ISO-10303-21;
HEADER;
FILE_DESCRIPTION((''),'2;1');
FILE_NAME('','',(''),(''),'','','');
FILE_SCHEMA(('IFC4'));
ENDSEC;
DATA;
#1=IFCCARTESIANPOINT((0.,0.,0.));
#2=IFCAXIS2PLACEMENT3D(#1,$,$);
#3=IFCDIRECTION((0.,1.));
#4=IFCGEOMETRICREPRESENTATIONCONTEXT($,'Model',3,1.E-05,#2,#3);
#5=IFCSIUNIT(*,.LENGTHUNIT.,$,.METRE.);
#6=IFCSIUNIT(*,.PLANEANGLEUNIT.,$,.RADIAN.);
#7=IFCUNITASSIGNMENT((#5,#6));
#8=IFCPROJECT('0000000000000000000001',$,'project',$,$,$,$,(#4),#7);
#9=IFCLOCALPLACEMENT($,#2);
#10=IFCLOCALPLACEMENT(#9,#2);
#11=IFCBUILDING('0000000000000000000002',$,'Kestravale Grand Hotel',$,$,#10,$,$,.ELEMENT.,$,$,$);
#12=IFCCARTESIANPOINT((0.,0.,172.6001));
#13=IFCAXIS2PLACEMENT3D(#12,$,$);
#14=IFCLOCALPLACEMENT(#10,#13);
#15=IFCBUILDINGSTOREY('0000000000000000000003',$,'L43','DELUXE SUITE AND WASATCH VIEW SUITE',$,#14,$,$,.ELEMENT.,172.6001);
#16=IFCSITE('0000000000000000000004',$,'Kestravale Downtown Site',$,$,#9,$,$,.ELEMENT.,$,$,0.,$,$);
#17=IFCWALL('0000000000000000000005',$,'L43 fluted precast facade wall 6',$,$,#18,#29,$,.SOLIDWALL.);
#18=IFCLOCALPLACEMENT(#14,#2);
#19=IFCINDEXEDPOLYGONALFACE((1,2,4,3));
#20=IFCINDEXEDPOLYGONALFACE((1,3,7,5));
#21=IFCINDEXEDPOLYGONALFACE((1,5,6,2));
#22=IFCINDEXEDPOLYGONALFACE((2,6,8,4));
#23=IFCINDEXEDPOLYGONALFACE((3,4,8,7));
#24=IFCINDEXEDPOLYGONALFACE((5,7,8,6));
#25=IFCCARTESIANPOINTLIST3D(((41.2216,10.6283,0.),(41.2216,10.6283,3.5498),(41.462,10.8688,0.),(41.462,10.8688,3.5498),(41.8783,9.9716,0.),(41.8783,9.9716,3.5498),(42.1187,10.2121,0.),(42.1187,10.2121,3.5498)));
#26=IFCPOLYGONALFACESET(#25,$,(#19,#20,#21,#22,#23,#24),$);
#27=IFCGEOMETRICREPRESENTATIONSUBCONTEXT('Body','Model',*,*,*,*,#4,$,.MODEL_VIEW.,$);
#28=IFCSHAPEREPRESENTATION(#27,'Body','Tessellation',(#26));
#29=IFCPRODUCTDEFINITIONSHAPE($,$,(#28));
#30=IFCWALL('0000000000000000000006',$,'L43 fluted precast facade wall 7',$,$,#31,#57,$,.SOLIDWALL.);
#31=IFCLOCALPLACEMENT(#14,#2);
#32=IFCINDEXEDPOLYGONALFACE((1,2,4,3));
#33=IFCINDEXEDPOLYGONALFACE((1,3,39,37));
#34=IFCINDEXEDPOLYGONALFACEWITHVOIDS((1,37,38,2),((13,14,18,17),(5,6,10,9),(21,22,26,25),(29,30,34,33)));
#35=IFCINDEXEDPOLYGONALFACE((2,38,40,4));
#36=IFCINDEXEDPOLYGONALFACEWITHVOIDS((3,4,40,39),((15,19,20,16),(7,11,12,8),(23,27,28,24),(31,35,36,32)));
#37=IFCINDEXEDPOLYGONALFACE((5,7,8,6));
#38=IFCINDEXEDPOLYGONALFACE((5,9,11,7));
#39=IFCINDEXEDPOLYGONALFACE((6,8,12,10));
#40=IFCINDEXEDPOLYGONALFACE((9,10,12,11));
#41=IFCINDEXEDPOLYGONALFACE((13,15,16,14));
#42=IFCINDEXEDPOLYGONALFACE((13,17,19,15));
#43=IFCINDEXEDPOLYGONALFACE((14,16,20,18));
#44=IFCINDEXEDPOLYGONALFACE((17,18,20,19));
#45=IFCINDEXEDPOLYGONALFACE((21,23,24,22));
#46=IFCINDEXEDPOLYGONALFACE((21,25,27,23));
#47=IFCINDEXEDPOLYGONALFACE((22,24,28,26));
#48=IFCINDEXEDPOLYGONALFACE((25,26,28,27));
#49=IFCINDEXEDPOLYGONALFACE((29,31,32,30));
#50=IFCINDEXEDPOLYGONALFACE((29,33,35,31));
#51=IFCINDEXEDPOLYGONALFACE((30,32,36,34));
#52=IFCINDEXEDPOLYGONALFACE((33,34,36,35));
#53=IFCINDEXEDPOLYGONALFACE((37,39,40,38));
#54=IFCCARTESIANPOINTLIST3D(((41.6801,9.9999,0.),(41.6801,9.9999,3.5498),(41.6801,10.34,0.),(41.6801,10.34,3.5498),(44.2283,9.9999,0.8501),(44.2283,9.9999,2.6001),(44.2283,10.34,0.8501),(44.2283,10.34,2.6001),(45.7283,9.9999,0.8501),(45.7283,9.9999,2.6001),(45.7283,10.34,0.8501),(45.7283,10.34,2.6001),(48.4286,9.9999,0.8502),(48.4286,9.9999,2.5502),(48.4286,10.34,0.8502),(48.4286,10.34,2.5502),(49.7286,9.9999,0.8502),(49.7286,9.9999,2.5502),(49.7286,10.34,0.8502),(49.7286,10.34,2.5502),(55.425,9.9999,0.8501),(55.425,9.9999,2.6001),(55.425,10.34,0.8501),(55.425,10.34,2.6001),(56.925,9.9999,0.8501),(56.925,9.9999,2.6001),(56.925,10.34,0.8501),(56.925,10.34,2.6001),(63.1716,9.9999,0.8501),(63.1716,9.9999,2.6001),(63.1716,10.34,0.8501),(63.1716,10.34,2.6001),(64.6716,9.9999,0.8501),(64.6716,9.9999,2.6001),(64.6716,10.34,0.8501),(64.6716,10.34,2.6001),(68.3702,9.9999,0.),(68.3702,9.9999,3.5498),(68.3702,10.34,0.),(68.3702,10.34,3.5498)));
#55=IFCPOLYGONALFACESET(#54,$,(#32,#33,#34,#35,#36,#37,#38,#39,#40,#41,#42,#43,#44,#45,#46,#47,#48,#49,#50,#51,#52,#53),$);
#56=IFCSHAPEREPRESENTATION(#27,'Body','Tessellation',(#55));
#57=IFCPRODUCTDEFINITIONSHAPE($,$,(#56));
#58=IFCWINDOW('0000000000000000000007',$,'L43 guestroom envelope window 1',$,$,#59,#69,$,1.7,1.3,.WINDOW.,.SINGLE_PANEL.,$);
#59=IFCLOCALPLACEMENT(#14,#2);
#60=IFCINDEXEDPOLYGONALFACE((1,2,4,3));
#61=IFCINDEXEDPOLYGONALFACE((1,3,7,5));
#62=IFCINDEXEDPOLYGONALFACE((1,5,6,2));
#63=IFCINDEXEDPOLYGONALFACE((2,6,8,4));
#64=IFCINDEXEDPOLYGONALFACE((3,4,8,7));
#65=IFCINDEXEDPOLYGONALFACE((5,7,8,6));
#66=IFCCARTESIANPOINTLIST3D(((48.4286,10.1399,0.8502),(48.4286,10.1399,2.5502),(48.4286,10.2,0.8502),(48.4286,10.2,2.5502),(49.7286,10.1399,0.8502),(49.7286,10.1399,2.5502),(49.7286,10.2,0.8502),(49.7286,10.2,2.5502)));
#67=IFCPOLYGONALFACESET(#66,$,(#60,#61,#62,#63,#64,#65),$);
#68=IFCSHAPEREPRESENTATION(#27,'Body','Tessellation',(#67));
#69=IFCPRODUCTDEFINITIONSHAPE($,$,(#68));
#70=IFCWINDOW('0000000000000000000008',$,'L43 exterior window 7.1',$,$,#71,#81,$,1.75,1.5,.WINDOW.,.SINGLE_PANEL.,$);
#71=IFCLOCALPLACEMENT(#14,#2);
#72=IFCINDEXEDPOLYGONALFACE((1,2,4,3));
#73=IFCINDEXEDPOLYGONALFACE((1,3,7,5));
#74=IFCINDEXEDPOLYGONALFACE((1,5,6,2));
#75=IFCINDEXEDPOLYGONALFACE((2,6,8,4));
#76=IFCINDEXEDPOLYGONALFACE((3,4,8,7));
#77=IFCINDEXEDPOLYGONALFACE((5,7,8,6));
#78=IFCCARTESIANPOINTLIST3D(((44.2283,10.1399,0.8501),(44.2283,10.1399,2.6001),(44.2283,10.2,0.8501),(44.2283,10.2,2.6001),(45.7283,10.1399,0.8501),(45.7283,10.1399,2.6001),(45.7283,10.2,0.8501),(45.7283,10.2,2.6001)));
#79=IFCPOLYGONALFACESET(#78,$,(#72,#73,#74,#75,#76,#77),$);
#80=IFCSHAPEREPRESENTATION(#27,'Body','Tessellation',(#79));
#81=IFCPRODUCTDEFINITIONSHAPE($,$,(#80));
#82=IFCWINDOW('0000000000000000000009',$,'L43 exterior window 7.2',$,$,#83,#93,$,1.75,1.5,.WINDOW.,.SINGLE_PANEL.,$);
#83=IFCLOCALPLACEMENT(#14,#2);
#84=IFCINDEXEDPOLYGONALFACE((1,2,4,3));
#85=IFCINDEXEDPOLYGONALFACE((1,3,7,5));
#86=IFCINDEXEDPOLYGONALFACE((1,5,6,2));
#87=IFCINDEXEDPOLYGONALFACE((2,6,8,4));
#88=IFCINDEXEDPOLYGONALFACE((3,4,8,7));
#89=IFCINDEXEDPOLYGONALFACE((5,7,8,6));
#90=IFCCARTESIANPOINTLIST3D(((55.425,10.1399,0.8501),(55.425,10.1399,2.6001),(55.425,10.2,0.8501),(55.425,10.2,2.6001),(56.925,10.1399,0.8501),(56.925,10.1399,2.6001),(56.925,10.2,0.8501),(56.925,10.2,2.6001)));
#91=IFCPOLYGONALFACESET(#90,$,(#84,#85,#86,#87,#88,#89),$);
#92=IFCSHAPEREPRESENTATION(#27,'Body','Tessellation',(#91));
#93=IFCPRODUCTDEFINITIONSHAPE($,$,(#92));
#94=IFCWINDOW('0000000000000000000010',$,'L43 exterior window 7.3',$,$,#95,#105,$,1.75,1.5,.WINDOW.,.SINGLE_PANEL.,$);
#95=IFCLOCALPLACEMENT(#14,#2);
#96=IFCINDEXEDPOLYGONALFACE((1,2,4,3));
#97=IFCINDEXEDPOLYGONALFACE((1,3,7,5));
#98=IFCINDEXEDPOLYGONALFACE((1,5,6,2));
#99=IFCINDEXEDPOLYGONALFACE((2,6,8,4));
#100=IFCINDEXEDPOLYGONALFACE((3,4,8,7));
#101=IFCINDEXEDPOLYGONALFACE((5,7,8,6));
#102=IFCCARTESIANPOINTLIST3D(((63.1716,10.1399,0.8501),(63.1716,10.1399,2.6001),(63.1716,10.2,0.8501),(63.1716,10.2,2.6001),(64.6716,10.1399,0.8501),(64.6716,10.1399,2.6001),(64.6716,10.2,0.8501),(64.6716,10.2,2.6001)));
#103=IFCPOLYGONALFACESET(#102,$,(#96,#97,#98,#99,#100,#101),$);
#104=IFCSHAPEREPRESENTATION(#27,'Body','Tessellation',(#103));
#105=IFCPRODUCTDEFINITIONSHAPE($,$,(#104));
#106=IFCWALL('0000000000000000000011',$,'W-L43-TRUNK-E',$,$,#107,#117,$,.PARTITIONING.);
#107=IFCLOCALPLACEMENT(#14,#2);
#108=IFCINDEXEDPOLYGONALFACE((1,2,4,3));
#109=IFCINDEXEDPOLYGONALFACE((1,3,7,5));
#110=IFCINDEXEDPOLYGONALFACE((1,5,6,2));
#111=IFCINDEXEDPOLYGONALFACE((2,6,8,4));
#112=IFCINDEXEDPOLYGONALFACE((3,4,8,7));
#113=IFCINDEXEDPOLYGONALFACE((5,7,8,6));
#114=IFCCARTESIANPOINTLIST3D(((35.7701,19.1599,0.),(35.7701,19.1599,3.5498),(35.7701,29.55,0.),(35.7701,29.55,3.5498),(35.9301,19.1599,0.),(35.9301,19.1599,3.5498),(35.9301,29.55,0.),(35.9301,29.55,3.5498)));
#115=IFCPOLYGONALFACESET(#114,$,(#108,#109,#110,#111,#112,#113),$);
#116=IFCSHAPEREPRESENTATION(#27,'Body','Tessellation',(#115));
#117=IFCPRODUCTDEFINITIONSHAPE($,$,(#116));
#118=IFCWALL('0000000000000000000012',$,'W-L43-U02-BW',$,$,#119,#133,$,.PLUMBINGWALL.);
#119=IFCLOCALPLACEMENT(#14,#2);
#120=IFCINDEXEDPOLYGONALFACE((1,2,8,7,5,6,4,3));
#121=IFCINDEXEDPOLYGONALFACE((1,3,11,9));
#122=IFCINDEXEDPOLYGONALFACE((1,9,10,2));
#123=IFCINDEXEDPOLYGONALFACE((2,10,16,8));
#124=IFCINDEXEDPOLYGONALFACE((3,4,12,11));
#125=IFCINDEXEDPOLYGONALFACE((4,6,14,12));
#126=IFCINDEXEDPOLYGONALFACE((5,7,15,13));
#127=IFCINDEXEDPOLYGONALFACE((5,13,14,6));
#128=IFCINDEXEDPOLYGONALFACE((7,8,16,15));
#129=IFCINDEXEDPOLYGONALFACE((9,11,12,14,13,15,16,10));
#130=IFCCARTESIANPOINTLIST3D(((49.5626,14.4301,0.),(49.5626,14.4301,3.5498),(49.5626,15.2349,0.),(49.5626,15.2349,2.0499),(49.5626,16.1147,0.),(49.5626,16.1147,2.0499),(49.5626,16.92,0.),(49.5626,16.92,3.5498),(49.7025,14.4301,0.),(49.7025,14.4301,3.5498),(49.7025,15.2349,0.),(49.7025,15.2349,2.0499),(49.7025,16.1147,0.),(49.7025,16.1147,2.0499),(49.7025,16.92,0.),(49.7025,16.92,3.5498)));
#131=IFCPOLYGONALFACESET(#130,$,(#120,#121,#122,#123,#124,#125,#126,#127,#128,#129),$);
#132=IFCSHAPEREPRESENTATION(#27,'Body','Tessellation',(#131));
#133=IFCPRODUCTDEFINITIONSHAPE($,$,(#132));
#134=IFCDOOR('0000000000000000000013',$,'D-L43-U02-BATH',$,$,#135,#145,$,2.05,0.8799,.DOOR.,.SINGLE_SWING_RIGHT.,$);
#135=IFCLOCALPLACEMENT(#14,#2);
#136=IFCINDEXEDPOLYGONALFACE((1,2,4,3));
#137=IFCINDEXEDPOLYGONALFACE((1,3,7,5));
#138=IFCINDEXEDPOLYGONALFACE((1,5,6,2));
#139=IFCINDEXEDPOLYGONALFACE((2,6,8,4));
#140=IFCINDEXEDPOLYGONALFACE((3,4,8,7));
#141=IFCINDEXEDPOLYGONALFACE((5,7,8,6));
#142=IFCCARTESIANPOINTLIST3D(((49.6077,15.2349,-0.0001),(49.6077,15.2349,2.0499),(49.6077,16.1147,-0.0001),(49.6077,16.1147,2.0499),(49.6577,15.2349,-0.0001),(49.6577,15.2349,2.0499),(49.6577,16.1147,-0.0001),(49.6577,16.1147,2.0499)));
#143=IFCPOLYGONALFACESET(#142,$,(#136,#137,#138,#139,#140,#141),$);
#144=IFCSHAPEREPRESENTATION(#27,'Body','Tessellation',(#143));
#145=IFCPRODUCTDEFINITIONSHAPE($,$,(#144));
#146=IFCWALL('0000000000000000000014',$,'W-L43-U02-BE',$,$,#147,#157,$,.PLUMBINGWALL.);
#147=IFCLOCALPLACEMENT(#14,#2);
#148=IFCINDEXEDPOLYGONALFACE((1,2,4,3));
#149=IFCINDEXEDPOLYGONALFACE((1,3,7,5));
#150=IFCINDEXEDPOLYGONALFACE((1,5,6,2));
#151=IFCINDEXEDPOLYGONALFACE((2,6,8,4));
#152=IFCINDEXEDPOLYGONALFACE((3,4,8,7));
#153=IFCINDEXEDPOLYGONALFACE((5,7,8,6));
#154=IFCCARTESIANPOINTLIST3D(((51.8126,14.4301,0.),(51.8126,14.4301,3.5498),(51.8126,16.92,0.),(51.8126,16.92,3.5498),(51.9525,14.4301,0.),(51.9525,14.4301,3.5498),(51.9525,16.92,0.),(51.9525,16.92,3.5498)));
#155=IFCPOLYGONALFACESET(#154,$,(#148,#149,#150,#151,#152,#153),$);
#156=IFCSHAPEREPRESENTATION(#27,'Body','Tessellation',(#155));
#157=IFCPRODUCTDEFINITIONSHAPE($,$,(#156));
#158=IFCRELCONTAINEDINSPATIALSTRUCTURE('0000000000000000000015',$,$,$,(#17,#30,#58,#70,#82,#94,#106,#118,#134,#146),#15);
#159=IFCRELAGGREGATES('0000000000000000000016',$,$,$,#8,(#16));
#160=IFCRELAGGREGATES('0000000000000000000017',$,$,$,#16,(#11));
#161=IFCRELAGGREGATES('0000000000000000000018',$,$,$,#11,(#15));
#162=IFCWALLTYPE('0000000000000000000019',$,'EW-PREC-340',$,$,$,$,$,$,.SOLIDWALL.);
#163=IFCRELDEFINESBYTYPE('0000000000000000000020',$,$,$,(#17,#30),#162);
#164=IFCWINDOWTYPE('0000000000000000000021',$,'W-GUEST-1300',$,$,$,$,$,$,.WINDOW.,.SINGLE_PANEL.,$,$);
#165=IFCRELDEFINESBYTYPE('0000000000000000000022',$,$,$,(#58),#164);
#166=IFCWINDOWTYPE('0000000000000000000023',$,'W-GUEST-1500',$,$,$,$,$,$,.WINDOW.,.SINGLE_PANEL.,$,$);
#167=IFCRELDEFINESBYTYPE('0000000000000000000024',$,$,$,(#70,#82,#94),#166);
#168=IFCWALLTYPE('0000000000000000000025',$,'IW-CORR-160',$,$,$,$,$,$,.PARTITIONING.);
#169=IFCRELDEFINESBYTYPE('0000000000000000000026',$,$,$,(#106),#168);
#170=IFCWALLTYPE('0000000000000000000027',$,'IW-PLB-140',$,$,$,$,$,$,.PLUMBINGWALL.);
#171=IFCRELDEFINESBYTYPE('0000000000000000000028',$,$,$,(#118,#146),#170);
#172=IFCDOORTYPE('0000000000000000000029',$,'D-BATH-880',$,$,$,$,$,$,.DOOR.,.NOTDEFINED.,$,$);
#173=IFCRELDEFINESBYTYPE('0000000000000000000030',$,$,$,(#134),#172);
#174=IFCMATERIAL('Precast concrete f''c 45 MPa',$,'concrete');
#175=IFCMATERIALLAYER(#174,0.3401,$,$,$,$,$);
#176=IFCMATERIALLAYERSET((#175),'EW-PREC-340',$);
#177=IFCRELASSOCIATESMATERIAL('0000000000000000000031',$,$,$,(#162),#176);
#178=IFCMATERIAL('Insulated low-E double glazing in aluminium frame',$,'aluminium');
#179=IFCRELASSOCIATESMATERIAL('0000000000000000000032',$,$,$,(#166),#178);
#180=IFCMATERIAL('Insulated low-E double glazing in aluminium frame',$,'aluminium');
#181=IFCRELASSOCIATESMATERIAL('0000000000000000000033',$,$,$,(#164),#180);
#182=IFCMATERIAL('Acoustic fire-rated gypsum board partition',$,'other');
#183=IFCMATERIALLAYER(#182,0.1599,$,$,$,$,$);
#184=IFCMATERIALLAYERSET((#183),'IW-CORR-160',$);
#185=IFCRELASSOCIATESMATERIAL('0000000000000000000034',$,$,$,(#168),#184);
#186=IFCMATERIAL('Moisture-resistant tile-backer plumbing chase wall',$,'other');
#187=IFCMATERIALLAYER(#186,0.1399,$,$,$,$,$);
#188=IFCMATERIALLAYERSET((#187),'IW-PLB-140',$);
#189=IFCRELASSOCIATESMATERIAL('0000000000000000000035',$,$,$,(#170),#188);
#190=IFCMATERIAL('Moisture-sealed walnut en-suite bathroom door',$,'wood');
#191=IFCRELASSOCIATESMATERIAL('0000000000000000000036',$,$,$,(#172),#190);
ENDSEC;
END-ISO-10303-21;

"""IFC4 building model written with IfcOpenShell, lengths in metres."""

from ifc_helpers import new_model, si_unit, direction, frame, frame_2d, origin, place, context, subcontext, project, spatial, rectangle, extrude, material, layer, layer_set, type_object, element, fill, save


model = new_model("IFC4")

# Units and contexts
model_context = context("Model", 3, precision=1e-05, world=origin(), true_north=direction((0.0, 1.0)))
body_context = subcontext(model_context, "Body", "Model", "MODEL_VIEW")
ifc_project = project(units=[si_unit("LENGTHUNIT", "METRE"), si_unit("PLANEANGLEUNIT", "RADIAN")], contexts=[model_context])

# Site, building, storey
site_placement = place(None, origin())
site = spatial("IfcSite", under=ifc_project, at=site_placement, Name="Kestravale Downtown Site", CompositionType="ELEMENT", RefElevation=0.0)
building_placement = place(site_placement, origin())
building = spatial("IfcBuilding", under=site, at=building_placement, Name="Kestravale Grand Hotel", CompositionType="ELEMENT")
storey_placement = place(building_placement, frame((0.0, 0.0, 172.6001)))
storey = spatial("IfcBuildingStorey", under=building, at=storey_placement, Name="L43", Description="DELUXE SUITE AND WASATCH VIEW SUITE", CompositionType="ELEMENT", Elevation=172.6001)

# Shared definitions
ifc_material_1 = material(Name="Precast concrete f'c 45 MPa", Category="concrete")
ifc_layer_1 = layer(ifc_material_1, 0.3401)
ifc_layer_set_1 = layer_set([ifc_layer_1], Name="EW-PREC-340")
wall_type_1 = type_object("IfcWallType", Name="EW-PREC-340", PredefinedType="SOLIDWALL", material=ifc_layer_set_1)

# Shared definitions
ifc_material_2 = material(Name="Insulated low-E double glazing in aluminium frame", Category="aluminium")
window_type_1 = type_object("IfcWindowType", Name="W-GUEST-1500", PartitioningType="SINGLE_PANEL", PredefinedType="WINDOW", material=ifc_material_2)

# Wall
wall_1_placement = place(storey_placement, frame((41.3418, 10.7485, 0.0), z_axis=(0.0, 0.0, 1.0), x_axis=(0.707107, -0.707107, 0.0)))
element("IfcWall", 1, at=wall_1_placement, inside=storey, type_object=wall_type_1, Name="L43 fluted precast facade wall 6", PredefinedType="SOLIDWALL", context=body_context, shape_type="SweptSolid", body=[
    extrude(rectangle(XDim=0.9287, YDim=0.3401, at=frame_2d((0.4644, 0.0))), origin(), (0.0, 0.0, 1.0), 3.5498),
])

# Wall, openings, windows
wall_2_placement = place(storey_placement, frame((41.6799, 10.1699, 0.0), z_axis=(0.0, 0.0, 1.0), x_axis=(1.0, 0.0, 0.0)))
wall_2 = element("IfcWall", 2, at=wall_2_placement, inside=storey, type_object=wall_type_1, Name="L43 fluted precast facade wall 7", PredefinedType="SOLIDWALL", context=body_context, shape_type="SweptSolid", body=[
    extrude(rectangle(XDim=26.6902, YDim=0.3401, at=frame_2d((13.3452, 0.0))), origin(), (0.0, 0.0, 1.0), 3.5498),
])
opening_1_placement = place(wall_2_placement, frame((2.5483, 0.0, 0.8501)))
opening_1 = element("IfcOpeningElement", 3, at=opening_1_placement, cuts=wall_2, PredefinedType="OPENING", context=body_context, shape_type="SweptSolid", body=[
    extrude(rectangle(XDim=1.5, YDim=1.75, at=frame_2d((0.75, 0.875))), frame((0.0, 0.1799, 0.0), z_axis=(0.0, -1.0, 0.0), x_axis=(1.0, 0.0, 0.0)), (0.0, 0.0, 1.0), 0.3601),
])
opening_2_placement = place(wall_2_placement, frame((13.7451, 0.0, 0.8501)))
opening_2 = element("IfcOpeningElement", 4, at=opening_2_placement, cuts=wall_2, PredefinedType="OPENING", context=body_context, shape_type="SweptSolid", body=[
    extrude(rectangle(XDim=1.5, YDim=1.75, at=frame_2d((0.75, 0.875))), frame((0.0, 0.1799, 0.0), z_axis=(0.0, -1.0, 0.0), x_axis=(1.0, 0.0, 0.0)), (0.0, 0.0, 1.0), 0.3601),
])
opening_3_placement = place(wall_2_placement, frame((21.4917, 0.0, 0.8501)))
opening_3 = element("IfcOpeningElement", 5, at=opening_3_placement, cuts=wall_2, PredefinedType="OPENING", context=body_context, shape_type="SweptSolid", body=[
    extrude(rectangle(XDim=1.5, YDim=1.75, at=frame_2d((0.75, 0.875))), frame((0.0, 0.1799, 0.0), z_axis=(0.0, -1.0, 0.0), x_axis=(1.0, 0.0, 0.0)), (0.0, 0.0, 1.0), 0.3601),
])
opening_4_placement = place(wall_2_placement, frame((6.7488, 0.0, 0.8501)))
opening_4 = element("IfcOpeningElement", 6, at=opening_4_placement, cuts=wall_2, PredefinedType="OPENING", context=body_context, shape_type="SweptSolid", body=[
    extrude(rectangle(XDim=1.3, YDim=1.7, at=frame_2d((0.6499, 0.8501))), frame((0.0, 0.1799, 0.0), z_axis=(0.0, -1.0, 0.0), x_axis=(1.0, 0.0, 0.0)), (0.0, 0.0, 1.0), 0.3601),
])
ifc_material_3 = material(Name="Insulated low-E double glazing in aluminium frame", Category="aluminium")
window_type_2 = type_object("IfcWindowType", Name="W-GUEST-1300", PartitioningType="SINGLE_PANEL", PredefinedType="WINDOW", material=ifc_material_3)
window_1_placement = place(opening_4_placement, origin())
window_1 = element("IfcWindow", 7, at=window_1_placement, inside=storey, type_object=window_type_2, Name="L43 guestroom envelope window 1", OverallHeight=1.7, OverallWidth=1.3, PartitioningType="SINGLE_PANEL", PredefinedType="WINDOW", context=body_context, shape_type="SweptSolid", body=[
    extrude(rectangle(XDim=1.3, YDim=1.7, at=frame_2d((0.6499, 0.8501))), frame((0.0, 0.03, 0.0), z_axis=(0.0, -1.0, 0.0), x_axis=(1.0, 0.0, 0.0)), (0.0, 0.0, 1.0), 0.0601),
])
fill(opening_4, window_1)
window_2_placement = place(opening_1_placement, origin())
window_2 = element("IfcWindow", 8, at=window_2_placement, inside=storey, type_object=window_type_1, Name="L43 exterior window 7.1", OverallHeight=1.75, OverallWidth=1.5, PartitioningType="SINGLE_PANEL", PredefinedType="WINDOW", context=body_context, shape_type="SweptSolid", body=[
    extrude(rectangle(XDim=1.5, YDim=1.75, at=frame_2d((0.75, 0.875))), frame((0.0, 0.03, 0.0), z_axis=(0.0, -1.0, 0.0), x_axis=(1.0, 0.0, 0.0)), (0.0, 0.0, 1.0), 0.0601),
])
fill(opening_1, window_2)
window_3_placement = place(opening_2_placement, origin())
window_3 = element("IfcWindow", 9, at=window_3_placement, inside=storey, type_object=window_type_1, Name="L43 exterior window 7.2", OverallHeight=1.75, OverallWidth=1.5, PartitioningType="SINGLE_PANEL", PredefinedType="WINDOW", context=body_context, shape_type="SweptSolid", body=[
    extrude(rectangle(XDim=1.5, YDim=1.75, at=frame_2d((0.75, 0.875))), frame((0.0, 0.03, 0.0), z_axis=(0.0, -1.0, 0.0), x_axis=(1.0, 0.0, 0.0)), (0.0, 0.0, 1.0), 0.0601),
])
fill(opening_2, window_3)
window_4_placement = place(opening_3_placement, origin())
window_4 = element("IfcWindow", 10, at=window_4_placement, inside=storey, type_object=window_type_1, Name="L43 exterior window 7.3", OverallHeight=1.75, OverallWidth=1.5, PartitioningType="SINGLE_PANEL", PredefinedType="WINDOW", context=body_context, shape_type="SweptSolid", body=[
    extrude(rectangle(XDim=1.5, YDim=1.75, at=frame_2d((0.75, 0.875))), frame((0.0, 0.03, 0.0), z_axis=(0.0, -1.0, 0.0), x_axis=(1.0, 0.0, 0.0)), (0.0, 0.0, 1.0), 0.0601),
])
fill(opening_3, window_4)

# Wall
ifc_material_4 = material(Name="Acoustic fire-rated gypsum board partition", Category="other")
ifc_layer_2 = layer(ifc_material_4, 0.1599)
ifc_layer_set_2 = layer_set([ifc_layer_2], Name="IW-CORR-160")
wall_type_2 = type_object("IfcWallType", Name="IW-CORR-160", PredefinedType="PARTITIONING", material=ifc_layer_set_2)
wall_3_placement = place(storey_placement, frame((35.8501, 19.1599, 0.0), z_axis=(0.0, 0.0, 1.0), x_axis=(0.0, 1.0, 0.0)))
element("IfcWall", 11, at=wall_3_placement, inside=storey, type_object=wall_type_2, Name="W-L43-TRUNK-E", PredefinedType="PARTITIONING", context=body_context, shape_type="SweptSolid", body=[
    extrude(rectangle(XDim=10.3901, YDim=0.1599, at=frame_2d((5.1951, 0.0))), origin(), (0.0, 0.0, 1.0), 3.5498),
])

# Wall, opening, door
ifc_material_5 = material(Name="Moisture-resistant tile-backer plumbing chase wall", Category="other")
ifc_layer_3 = layer(ifc_material_5, 0.1399)
ifc_layer_set_3 = layer_set([ifc_layer_3], Name="IW-PLB-140")
wall_type_3 = type_object("IfcWallType", Name="IW-PLB-140", PredefinedType="PLUMBINGWALL", material=ifc_layer_set_3)
wall_4_placement = place(storey_placement, frame((49.6326, 14.4299, 0.0), z_axis=(0.0, 0.0, 1.0), x_axis=(0.0, 1.0, 0.0)))
wall_4 = element("IfcWall", 12, at=wall_4_placement, inside=storey, type_object=wall_type_3, Name="W-L43-U02-BW", PredefinedType="PLUMBINGWALL", context=body_context, shape_type="SweptSolid", body=[
    extrude(rectangle(XDim=2.49, YDim=0.1399, at=frame_2d((1.2451, 0.0))), origin(), (0.0, 0.0, 1.0), 3.5498),
])
opening_5_placement = place(wall_4_placement, frame((0.8049, 0.0, 0.0)))
opening_5 = element("IfcOpeningElement", 13, at=opening_5_placement, cuts=wall_4, PredefinedType="OPENING", context=body_context, shape_type="SweptSolid", body=[
    extrude(rectangle(XDim=0.8799, YDim=2.05, at=frame_2d((0.4399, 1.0249))), frame((0.0, 0.0798, 0.0), z_axis=(0.0, -1.0, 0.0), x_axis=(1.0, 0.0, 0.0)), (0.0, 0.0, 1.0), 0.1599),
])
ifc_material_6 = material(Name="Moisture-sealed walnut en-suite bathroom door", Category="wood")
door_type = type_object("IfcDoorType", Name="D-BATH-880", OperationType="NOTDEFINED", PredefinedType="DOOR", material=ifc_material_6)
door_placement = place(opening_5_placement, origin())
door = element("IfcDoor", 14, at=door_placement, inside=storey, type_object=door_type, Name="D-L43-U02-BATH", OperationType="SINGLE_SWING_RIGHT", OverallHeight=2.05, OverallWidth=0.8799, PredefinedType="DOOR", context=body_context, shape_type="SweptSolid", body=[
    extrude(rectangle(XDim=0.8799, YDim=2.05, at=frame_2d((0.4399, 1.0249))), frame((0.0, 0.0249, 0.0), z_axis=(0.0, -1.0, 0.0), x_axis=(1.0, 0.0, 0.0)), (0.0, 0.0, 1.0), 0.05),
])
fill(opening_5, door)

# Wall
wall_5_placement = place(storey_placement, frame((51.8826, 14.4299, 0.0), z_axis=(0.0, 0.0, 1.0), x_axis=(0.0, 1.0, 0.0)))
element("IfcWall", 15, at=wall_5_placement, inside=storey, type_object=wall_type_3, Name="W-L43-U02-BE", PredefinedType="PLUMBINGWALL", context=body_context, shape_type="SweptSolid", body=[
    extrude(rectangle(XDim=2.49, YDim=0.1399, at=frame_2d((1.2451, 0.0))), origin(), (0.0, 0.0, 1.0), 3.5498),
])

save(model, "model.ifc")
